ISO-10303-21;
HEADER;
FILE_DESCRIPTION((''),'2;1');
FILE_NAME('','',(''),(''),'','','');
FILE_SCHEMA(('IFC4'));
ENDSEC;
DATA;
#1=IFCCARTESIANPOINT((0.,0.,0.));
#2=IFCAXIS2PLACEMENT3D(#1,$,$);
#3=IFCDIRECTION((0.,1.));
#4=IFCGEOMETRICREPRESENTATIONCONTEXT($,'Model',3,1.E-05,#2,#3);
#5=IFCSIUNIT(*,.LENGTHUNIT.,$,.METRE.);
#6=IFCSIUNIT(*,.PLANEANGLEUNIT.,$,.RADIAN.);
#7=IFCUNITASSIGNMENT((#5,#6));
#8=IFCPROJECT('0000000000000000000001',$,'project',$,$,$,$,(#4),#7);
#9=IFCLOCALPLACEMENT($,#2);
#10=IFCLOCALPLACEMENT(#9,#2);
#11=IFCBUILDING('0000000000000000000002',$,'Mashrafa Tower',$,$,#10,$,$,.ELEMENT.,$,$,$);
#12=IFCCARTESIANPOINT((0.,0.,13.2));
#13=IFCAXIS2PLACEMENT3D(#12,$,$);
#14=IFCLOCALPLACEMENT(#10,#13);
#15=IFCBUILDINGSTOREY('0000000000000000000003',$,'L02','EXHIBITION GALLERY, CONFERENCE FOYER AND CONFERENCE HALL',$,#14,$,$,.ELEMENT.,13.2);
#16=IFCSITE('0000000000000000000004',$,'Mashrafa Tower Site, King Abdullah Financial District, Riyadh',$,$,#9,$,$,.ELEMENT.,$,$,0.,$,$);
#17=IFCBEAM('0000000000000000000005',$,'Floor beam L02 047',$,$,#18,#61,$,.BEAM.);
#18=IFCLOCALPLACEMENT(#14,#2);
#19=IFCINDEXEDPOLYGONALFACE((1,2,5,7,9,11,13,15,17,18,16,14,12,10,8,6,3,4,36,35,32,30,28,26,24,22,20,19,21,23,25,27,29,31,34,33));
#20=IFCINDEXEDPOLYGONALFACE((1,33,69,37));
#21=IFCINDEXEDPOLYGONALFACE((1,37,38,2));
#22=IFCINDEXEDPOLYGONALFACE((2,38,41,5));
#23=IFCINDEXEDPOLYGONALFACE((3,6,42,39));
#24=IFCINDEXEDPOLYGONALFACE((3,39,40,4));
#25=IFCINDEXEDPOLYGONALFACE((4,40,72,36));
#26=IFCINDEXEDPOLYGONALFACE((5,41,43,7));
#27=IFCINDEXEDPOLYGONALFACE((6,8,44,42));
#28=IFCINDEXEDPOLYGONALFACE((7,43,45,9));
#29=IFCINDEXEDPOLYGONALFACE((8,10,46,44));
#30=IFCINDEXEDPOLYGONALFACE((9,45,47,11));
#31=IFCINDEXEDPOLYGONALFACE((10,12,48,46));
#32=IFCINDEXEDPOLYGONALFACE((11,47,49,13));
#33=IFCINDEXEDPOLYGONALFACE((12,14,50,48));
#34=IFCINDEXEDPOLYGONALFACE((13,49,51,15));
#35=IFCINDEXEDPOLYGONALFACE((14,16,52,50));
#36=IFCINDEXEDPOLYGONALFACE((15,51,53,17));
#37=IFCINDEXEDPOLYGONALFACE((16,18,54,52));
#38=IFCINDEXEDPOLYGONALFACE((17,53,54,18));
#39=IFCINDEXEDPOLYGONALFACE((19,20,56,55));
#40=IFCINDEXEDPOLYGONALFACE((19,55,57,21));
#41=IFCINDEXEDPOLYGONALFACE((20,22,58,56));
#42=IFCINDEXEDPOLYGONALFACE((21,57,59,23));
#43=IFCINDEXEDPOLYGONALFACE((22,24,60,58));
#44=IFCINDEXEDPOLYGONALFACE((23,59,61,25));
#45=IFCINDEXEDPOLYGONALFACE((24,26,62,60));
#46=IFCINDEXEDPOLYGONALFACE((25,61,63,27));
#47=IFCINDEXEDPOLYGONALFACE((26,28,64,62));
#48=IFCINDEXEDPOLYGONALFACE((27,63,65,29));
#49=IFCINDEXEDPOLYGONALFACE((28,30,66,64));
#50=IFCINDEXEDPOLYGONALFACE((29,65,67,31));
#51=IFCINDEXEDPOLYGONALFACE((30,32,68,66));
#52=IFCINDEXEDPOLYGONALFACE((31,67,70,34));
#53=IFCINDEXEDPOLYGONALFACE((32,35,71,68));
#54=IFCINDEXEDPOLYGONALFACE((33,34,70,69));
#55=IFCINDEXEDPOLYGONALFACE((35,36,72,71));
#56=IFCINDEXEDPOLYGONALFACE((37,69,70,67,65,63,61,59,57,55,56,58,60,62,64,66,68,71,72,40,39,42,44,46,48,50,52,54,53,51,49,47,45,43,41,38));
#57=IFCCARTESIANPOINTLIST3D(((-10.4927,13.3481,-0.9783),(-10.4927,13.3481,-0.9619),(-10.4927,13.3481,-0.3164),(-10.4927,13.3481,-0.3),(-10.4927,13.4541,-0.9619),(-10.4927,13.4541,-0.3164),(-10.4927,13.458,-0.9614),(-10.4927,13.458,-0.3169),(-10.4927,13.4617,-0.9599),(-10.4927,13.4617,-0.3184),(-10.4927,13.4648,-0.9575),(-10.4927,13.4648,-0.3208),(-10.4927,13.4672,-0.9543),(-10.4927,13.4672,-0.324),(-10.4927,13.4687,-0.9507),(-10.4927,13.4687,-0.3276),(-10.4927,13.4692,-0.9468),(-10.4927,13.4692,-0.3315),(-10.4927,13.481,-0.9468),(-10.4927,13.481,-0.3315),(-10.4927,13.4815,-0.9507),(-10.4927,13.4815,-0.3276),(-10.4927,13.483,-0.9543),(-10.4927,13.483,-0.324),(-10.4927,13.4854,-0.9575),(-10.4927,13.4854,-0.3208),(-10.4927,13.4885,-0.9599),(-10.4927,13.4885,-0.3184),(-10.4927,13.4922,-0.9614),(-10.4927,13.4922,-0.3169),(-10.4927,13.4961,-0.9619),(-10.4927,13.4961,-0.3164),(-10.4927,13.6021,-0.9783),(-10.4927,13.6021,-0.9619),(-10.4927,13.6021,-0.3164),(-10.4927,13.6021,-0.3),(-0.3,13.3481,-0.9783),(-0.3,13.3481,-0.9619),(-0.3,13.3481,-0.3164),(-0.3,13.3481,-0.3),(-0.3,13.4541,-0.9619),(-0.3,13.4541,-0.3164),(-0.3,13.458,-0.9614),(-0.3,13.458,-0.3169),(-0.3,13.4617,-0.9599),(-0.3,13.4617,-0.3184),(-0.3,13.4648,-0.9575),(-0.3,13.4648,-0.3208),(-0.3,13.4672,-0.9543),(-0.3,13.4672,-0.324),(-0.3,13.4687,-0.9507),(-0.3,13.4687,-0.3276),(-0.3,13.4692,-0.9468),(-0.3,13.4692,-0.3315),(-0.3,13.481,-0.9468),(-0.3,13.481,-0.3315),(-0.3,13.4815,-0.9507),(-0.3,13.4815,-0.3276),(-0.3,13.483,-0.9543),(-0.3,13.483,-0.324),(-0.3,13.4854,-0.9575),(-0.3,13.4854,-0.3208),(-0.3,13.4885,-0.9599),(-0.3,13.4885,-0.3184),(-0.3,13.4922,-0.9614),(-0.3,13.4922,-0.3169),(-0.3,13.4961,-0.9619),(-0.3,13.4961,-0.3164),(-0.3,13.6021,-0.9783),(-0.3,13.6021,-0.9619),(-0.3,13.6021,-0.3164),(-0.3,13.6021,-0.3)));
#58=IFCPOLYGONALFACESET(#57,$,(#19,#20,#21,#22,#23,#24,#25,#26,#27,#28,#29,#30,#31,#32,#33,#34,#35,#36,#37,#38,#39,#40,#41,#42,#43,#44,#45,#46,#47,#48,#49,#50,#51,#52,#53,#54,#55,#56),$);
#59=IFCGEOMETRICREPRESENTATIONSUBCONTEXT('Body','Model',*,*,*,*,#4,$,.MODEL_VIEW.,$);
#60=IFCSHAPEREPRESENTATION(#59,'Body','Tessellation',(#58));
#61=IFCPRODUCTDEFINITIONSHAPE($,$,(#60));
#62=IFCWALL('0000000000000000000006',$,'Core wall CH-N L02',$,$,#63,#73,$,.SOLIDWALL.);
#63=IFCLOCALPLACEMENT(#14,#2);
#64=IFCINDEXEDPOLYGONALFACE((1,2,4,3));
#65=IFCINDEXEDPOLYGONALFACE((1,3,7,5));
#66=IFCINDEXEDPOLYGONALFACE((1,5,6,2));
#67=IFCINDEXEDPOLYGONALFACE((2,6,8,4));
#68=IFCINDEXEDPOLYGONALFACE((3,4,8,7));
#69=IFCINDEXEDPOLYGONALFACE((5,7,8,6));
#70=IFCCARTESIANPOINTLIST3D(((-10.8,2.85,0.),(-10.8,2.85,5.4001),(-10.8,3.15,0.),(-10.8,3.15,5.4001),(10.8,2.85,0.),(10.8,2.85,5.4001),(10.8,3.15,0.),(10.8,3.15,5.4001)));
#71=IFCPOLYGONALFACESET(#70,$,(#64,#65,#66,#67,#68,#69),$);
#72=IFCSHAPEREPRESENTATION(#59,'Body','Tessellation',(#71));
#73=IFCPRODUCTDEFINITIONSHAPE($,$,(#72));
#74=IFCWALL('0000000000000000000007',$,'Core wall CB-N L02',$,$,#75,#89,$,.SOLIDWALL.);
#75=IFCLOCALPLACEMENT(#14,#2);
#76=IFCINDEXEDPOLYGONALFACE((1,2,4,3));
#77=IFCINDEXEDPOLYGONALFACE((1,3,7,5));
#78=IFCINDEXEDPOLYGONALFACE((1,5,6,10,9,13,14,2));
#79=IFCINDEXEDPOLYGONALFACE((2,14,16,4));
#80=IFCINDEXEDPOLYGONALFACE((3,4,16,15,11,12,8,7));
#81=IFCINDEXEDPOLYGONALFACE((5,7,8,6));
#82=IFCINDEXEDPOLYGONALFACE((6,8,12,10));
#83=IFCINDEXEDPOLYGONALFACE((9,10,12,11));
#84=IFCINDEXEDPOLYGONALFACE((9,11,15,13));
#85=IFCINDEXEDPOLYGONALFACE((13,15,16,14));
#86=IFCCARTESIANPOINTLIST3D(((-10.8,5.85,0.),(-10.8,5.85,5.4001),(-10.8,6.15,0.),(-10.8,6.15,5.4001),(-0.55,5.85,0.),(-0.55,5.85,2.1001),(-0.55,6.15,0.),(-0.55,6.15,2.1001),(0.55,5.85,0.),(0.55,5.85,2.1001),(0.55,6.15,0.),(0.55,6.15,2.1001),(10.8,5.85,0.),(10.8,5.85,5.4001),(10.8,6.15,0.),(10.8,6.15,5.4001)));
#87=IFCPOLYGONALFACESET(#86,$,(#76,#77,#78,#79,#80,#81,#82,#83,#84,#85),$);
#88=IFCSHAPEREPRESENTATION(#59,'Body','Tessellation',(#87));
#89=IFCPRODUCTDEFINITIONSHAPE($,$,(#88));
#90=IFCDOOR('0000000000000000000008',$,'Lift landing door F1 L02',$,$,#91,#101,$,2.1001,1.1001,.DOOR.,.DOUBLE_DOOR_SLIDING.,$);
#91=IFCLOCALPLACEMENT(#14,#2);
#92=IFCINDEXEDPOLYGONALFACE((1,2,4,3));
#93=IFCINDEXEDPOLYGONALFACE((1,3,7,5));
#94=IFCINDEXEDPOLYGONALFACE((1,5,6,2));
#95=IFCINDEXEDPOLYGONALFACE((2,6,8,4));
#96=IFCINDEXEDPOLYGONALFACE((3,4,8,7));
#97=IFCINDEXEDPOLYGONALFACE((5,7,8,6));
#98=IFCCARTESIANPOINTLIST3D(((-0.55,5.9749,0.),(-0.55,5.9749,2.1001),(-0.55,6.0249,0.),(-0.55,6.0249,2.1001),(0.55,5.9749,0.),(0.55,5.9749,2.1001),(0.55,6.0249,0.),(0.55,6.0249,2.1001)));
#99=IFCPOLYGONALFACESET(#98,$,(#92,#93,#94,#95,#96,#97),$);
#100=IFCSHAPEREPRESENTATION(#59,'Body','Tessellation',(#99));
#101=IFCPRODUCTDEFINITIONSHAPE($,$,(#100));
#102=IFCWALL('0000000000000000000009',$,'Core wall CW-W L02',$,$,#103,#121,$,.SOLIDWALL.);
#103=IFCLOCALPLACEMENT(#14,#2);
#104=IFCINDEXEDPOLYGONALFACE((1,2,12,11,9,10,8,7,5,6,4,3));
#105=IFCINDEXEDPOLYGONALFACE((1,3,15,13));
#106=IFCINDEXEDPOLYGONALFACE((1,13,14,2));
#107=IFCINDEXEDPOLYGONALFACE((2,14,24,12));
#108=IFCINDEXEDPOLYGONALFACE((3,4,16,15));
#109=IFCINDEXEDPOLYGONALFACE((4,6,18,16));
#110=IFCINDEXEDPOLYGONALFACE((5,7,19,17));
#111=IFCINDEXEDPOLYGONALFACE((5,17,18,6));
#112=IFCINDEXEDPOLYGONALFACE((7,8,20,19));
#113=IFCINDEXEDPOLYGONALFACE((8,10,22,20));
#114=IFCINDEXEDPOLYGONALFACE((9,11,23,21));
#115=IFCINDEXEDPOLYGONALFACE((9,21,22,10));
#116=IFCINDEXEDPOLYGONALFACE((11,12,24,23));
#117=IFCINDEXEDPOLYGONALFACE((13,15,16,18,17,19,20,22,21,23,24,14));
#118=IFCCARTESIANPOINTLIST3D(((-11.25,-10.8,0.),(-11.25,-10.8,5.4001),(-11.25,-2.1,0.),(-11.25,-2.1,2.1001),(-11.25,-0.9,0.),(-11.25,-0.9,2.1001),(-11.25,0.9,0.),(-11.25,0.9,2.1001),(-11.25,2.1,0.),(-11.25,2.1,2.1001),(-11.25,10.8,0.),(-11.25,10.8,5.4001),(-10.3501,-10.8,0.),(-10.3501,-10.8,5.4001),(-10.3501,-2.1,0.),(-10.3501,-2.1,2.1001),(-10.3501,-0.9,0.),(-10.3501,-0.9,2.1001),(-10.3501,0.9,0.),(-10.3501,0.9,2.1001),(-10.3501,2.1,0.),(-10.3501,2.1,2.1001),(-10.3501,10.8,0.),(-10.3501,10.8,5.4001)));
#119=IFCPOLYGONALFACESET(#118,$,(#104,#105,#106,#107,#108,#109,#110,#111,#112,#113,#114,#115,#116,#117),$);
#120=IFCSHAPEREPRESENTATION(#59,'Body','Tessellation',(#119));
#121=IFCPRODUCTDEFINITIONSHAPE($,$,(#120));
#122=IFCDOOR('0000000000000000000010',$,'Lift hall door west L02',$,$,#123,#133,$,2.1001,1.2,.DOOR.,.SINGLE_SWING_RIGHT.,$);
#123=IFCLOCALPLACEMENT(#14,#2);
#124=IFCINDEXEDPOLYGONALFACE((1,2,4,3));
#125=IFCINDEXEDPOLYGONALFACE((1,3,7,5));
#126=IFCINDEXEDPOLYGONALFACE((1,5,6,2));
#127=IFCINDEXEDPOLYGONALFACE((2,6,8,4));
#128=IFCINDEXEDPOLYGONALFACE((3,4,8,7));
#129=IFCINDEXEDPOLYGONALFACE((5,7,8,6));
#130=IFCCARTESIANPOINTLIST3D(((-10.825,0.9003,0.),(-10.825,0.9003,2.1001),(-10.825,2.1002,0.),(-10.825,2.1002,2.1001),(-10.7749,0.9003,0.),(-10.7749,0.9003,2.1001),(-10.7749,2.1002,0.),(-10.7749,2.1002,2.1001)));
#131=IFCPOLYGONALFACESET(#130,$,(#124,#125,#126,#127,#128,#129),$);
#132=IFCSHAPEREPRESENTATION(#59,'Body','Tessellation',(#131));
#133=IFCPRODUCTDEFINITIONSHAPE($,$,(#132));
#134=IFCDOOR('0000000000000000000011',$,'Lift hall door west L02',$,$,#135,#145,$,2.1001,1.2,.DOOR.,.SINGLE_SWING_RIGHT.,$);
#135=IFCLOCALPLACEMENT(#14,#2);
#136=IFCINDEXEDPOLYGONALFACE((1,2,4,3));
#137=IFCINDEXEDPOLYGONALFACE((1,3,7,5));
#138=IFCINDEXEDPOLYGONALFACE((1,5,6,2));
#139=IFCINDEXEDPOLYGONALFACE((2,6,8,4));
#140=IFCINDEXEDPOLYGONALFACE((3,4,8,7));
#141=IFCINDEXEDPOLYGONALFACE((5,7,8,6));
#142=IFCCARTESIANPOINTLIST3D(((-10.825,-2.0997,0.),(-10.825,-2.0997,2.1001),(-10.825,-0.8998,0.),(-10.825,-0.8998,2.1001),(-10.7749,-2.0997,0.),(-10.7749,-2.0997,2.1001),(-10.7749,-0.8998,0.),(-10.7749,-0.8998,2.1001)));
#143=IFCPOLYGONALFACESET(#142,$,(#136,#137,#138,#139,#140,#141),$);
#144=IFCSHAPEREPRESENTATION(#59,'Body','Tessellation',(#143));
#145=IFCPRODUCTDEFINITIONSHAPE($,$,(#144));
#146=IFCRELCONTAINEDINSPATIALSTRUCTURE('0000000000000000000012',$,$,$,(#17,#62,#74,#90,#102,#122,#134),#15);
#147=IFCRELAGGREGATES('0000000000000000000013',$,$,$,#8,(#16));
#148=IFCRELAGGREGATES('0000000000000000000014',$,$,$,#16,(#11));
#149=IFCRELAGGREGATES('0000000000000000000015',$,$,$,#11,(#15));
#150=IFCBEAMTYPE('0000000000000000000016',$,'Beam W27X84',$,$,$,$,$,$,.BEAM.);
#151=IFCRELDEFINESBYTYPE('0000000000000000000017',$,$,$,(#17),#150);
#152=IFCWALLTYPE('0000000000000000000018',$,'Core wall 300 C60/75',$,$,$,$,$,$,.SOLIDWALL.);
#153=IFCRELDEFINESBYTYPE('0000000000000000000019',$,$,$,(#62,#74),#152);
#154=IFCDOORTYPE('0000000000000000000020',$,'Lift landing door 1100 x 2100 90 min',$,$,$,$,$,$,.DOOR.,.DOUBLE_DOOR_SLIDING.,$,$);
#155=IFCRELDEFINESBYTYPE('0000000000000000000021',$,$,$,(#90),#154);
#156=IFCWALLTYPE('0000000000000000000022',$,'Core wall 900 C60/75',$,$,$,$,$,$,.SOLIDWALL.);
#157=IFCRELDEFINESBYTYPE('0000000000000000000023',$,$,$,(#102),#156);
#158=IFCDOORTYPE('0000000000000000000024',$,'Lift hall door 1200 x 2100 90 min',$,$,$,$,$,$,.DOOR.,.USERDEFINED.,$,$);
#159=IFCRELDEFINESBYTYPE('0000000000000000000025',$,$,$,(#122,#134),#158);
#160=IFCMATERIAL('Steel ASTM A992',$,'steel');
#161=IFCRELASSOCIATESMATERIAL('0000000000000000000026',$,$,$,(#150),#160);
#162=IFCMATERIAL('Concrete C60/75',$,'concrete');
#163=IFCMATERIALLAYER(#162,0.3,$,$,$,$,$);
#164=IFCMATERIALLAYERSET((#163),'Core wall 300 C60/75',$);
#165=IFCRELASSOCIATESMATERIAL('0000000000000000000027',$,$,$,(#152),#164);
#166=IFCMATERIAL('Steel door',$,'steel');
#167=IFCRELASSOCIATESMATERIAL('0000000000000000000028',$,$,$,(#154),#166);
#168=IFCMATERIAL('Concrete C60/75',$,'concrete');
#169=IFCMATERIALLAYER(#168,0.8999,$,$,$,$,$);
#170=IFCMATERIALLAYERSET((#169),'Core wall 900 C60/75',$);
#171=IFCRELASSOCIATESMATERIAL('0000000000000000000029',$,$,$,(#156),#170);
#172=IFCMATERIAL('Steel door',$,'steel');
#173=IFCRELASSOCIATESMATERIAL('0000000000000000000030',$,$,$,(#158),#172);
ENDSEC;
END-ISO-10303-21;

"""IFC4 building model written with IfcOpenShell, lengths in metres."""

from ifc_helpers import new_model, si_unit, direction, frame, frame_2d, origin, origin_2d, place, context, subcontext, project, spatial, rectangle, i_section, extrude, material, layer, layer_set, material_profile, profile_set, type_object, element, fill, save


model = new_model("IFC4")

# Units and contexts
model_context = context("Model", 3, precision=1e-05, world=origin(), true_north=direction((0.0, 1.0)))
body_context = subcontext(model_context, "Body", "Model", "MODEL_VIEW")
ifc_project = project(units=[si_unit("LENGTHUNIT", "METRE"), si_unit("PLANEANGLEUNIT", "RADIAN")], contexts=[model_context])

# Site, building, storey
site_placement = place(None, origin())
site = spatial("IfcSite", under=ifc_project, at=site_placement, Name="Mashrafa Tower Site, King Abdullah Financial District, Riyadh", CompositionType="ELEMENT", RefElevation=0.0)
building_placement = place(site_placement, origin())
building = spatial("IfcBuilding", under=site, at=building_placement, Name="Mashrafa Tower", CompositionType="ELEMENT")
storey_placement = place(building_placement, frame((0.0, 0.0, 13.2)))
storey = spatial("IfcBuildingStorey", under=building, at=storey_placement, Name="L02", Description="EXHIBITION GALLERY, CONFERENCE FOYER AND CONFERENCE HALL", CompositionType="ELEMENT", Elevation=13.2)

# Beam
ifc_material_1 = material(Name="Steel ASTM A992", Category="steel")
ifc_material_profile_1 = material_profile(ifc_material_1, i_section(OverallWidth=0.2539, OverallDepth=0.6782, WebThickness=0.0117, FlangeThickness=0.0164, FilletRadius=0.0151, at=origin_2d()), Name="W27X84")
ifc_profile_set_1 = profile_set([ifc_material_profile_1], Name="Steel ASTM A992")
beam_type_1 = type_object("IfcBeamType", Name="Beam W27X84", PredefinedType="BEAM", material=ifc_profile_set_1)
for number, where, z_axis, x_axis, name in (
    (1, (-10.4927, 13.4751, -0.6392), (1.0, 0.0, 0.0), (0.0, 1.0, 0.0), "Floor beam L02 047"),
):
    element("IfcBeam", number, at=place(storey_placement, frame(where, z_axis=z_axis, x_axis=x_axis)), inside=storey, type_object=beam_type_1, Name=name, PredefinedType="BEAM", context=body_context, shape_type="SweptSolid", body=[
        extrude(i_section(OverallWidth=0.2539, OverallDepth=0.6782, WebThickness=0.0117, FlangeThickness=0.0164, FilletRadius=0.0151, at=origin_2d()), origin(), (0.0, 0.0, 1.0), 10.1926),
    ])

# Wall
ifc_material_2 = material(Name="Concrete C60/75", Category="concrete")
ifc_layer_1 = layer(ifc_material_2, 0.3)
ifc_layer_set_1 = layer_set([ifc_layer_1], Name="Core wall 300 C60/75")
wall_type_1 = type_object("IfcWallType", Name="Core wall 300 C60/75", PredefinedType="SOLIDWALL", material=ifc_layer_set_1)
wall_1_placement = place(storey_placement, frame((-10.8, 3.0, 0.0), z_axis=(0.0, 0.0, 1.0), x_axis=(1.0, 0.0, 0.0)))
element("IfcWall", 2, at=wall_1_placement, inside=storey, type_object=wall_type_1, Name="Core wall CH-N L02", PredefinedType="SOLIDWALL", context=body_context, shape_type="SweptSolid", body=[
    extrude(rectangle(XDim=21.6001, YDim=0.3, at=frame_2d((10.8, 0.0))), origin(), (0.0, 0.0, 1.0), 5.4001),
])

# Wall, opening, door
wall_2_placement = place(storey_placement, frame((-10.8, 6.0, 0.0), z_axis=(0.0, 0.0, 1.0), x_axis=(1.0, 0.0, 0.0)))
wall_2 = element("IfcWall", 3, at=wall_2_placement, inside=storey, type_object=wall_type_1, Name="Core wall CB-N L02", PredefinedType="SOLIDWALL", context=body_context, shape_type="SweptSolid", body=[
    extrude(rectangle(XDim=21.6001, YDim=0.3, at=frame_2d((10.8, 0.0))), origin(), (0.0, 0.0, 1.0), 5.4001),
])
opening_1_placement = place(wall_2_placement, frame((10.25, 0.0, 0.0)))
opening_1 = element("IfcOpeningElement", 4, at=opening_1_placement, cuts=wall_2, PredefinedType="OPENING", context=body_context, shape_type="SweptSolid", body=[
    extrude(rectangle(XDim=1.1001, YDim=2.1001, at=frame_2d((0.55, 1.05))), frame((0.0, 0.1599, 0.0), z_axis=(0.0, -1.0, 0.0), x_axis=(1.0, 0.0, 0.0)), (0.0, 0.0, 1.0), 0.3201),
])
ifc_material_3 = material(Name="Steel door", Category="steel")
door_type_1 = type_object("IfcDoorType", Name="Lift landing door 1100 x 2100 90 min", OperationType="DOUBLE_DOOR_SLIDING", PredefinedType="DOOR", material=ifc_material_3)
door_1_placement = place(opening_1_placement, origin())
door_1 = element("IfcDoor", 5, at=door_1_placement, inside=storey, type_object=door_type_1, Name="Lift landing door F1 L02", OperationType="DOUBLE_DOOR_SLIDING", OverallHeight=2.1001, OverallWidth=1.1001, PredefinedType="DOOR", context=body_context, shape_type="SweptSolid", body=[
    extrude(rectangle(XDim=1.1001, YDim=2.1001, at=frame_2d((0.55, 1.05))), frame((0.0, 0.0249, 0.0), z_axis=(0.0, -1.0, 0.0), x_axis=(1.0, 0.0, 0.0)), (0.0, 0.0, 1.0), 0.05),
])
fill(opening_1, door_1)

# Wall, openings, doors
ifc_material_4 = material(Name="Concrete C60/75", Category="concrete")
ifc_layer_2 = layer(ifc_material_4, 0.8999)
ifc_layer_set_2 = layer_set([ifc_layer_2], Name="Core wall 900 C60/75")
wall_type_2 = type_object("IfcWallType", Name="Core wall 900 C60/75", PredefinedType="SOLIDWALL", material=ifc_layer_set_2)
wall_3_placement = place(storey_placement, frame((-10.8, 10.8, 0.0), z_axis=(0.0, 0.0, 1.0), x_axis=(0.0, -1.0, 0.0)))
wall_3 = element("IfcWall", 6, at=wall_3_placement, inside=storey, type_object=wall_type_2, Name="Core wall CW-W L02", PredefinedType="SOLIDWALL", context=body_context, shape_type="SweptSolid", body=[
    extrude(rectangle(XDim=21.6001, YDim=0.8999, at=frame_2d((10.8, 0.0))), origin(), (0.0, 0.0, 1.0), 5.4001),
])
opening_2_placement = place(wall_3_placement, frame((8.7, 0.0, 0.0)))
opening_2 = element("IfcOpeningElement", 7, at=opening_2_placement, cuts=wall_3, PredefinedType="OPENING", context=body_context, shape_type="SweptSolid", body=[
    extrude(rectangle(XDim=1.2, YDim=2.1001, at=frame_2d((0.6001, 1.05))), frame((0.0, 0.46, 0.0), z_axis=(0.0, -1.0, 0.0), x_axis=(1.0, 0.0, 0.0)), (0.0, 0.0, 1.0), 0.9199),
])
opening_3_placement = place(wall_3_placement, frame((11.7, 0.0, 0.0)))
opening_3 = element("IfcOpeningElement", 8, at=opening_3_placement, cuts=wall_3, PredefinedType="OPENING", context=body_context, shape_type="SweptSolid", body=[
    extrude(rectangle(XDim=1.2, YDim=2.1001, at=frame_2d((0.6001, 1.05))), frame((0.0, 0.46, 0.0), z_axis=(0.0, -1.0, 0.0), x_axis=(1.0, 0.0, 0.0)), (0.0, 0.0, 1.0), 0.9199),
])
ifc_material_5 = material(Name="Steel door", Category="steel")
door_type_2 = type_object("IfcDoorType", Name="Lift hall door 1200 x 2100 90 min", OperationType="USERDEFINED", PredefinedType="DOOR", material=ifc_material_5)
door_2_placement = place(opening_2_placement, frame((1.2, 0.0, 0.0), z_axis=(0.0, 0.0, 1.0), x_axis=(-1.0, 0.0, 0.0)))
door_2 = element("IfcDoor", 9, at=door_2_placement, inside=storey, type_object=door_type_2, Name="Lift hall door west L02", OperationType="SINGLE_SWING_RIGHT", OverallHeight=2.1001, OverallWidth=1.2, PredefinedType="DOOR", context=body_context, shape_type="SweptSolid", body=[
    extrude(rectangle(XDim=1.2, YDim=2.1001, at=frame_2d((0.6001, 1.05))), frame((0.0, 0.0249, 0.0), z_axis=(0.0, -1.0, 0.0), x_axis=(1.0, 0.0, 0.0)), (0.0, 0.0, 1.0), 0.05),
])
fill(opening_2, door_2)
door_3_placement = place(opening_3_placement, frame((1.2, 0.0, 0.0), z_axis=(0.0, 0.0, 1.0), x_axis=(-1.0, 0.0, 0.0)))
door_3 = element("IfcDoor", 10, at=door_3_placement, inside=storey, type_object=door_type_2, Name="Lift hall door west L02", OperationType="SINGLE_SWING_RIGHT", OverallHeight=2.1001, OverallWidth=1.2, PredefinedType="DOOR", context=body_context, shape_type="SweptSolid", body=[
    extrude(rectangle(XDim=1.2, YDim=2.1001, at=frame_2d((0.6001, 1.05))), frame((0.0, 0.0249, 0.0), z_axis=(0.0, -1.0, 0.0), x_axis=(1.0, 0.0, 0.0)), (0.0, 0.0, 1.0), 0.05),
])
fill(opening_3, door_3)

save(model, "model.ifc")
